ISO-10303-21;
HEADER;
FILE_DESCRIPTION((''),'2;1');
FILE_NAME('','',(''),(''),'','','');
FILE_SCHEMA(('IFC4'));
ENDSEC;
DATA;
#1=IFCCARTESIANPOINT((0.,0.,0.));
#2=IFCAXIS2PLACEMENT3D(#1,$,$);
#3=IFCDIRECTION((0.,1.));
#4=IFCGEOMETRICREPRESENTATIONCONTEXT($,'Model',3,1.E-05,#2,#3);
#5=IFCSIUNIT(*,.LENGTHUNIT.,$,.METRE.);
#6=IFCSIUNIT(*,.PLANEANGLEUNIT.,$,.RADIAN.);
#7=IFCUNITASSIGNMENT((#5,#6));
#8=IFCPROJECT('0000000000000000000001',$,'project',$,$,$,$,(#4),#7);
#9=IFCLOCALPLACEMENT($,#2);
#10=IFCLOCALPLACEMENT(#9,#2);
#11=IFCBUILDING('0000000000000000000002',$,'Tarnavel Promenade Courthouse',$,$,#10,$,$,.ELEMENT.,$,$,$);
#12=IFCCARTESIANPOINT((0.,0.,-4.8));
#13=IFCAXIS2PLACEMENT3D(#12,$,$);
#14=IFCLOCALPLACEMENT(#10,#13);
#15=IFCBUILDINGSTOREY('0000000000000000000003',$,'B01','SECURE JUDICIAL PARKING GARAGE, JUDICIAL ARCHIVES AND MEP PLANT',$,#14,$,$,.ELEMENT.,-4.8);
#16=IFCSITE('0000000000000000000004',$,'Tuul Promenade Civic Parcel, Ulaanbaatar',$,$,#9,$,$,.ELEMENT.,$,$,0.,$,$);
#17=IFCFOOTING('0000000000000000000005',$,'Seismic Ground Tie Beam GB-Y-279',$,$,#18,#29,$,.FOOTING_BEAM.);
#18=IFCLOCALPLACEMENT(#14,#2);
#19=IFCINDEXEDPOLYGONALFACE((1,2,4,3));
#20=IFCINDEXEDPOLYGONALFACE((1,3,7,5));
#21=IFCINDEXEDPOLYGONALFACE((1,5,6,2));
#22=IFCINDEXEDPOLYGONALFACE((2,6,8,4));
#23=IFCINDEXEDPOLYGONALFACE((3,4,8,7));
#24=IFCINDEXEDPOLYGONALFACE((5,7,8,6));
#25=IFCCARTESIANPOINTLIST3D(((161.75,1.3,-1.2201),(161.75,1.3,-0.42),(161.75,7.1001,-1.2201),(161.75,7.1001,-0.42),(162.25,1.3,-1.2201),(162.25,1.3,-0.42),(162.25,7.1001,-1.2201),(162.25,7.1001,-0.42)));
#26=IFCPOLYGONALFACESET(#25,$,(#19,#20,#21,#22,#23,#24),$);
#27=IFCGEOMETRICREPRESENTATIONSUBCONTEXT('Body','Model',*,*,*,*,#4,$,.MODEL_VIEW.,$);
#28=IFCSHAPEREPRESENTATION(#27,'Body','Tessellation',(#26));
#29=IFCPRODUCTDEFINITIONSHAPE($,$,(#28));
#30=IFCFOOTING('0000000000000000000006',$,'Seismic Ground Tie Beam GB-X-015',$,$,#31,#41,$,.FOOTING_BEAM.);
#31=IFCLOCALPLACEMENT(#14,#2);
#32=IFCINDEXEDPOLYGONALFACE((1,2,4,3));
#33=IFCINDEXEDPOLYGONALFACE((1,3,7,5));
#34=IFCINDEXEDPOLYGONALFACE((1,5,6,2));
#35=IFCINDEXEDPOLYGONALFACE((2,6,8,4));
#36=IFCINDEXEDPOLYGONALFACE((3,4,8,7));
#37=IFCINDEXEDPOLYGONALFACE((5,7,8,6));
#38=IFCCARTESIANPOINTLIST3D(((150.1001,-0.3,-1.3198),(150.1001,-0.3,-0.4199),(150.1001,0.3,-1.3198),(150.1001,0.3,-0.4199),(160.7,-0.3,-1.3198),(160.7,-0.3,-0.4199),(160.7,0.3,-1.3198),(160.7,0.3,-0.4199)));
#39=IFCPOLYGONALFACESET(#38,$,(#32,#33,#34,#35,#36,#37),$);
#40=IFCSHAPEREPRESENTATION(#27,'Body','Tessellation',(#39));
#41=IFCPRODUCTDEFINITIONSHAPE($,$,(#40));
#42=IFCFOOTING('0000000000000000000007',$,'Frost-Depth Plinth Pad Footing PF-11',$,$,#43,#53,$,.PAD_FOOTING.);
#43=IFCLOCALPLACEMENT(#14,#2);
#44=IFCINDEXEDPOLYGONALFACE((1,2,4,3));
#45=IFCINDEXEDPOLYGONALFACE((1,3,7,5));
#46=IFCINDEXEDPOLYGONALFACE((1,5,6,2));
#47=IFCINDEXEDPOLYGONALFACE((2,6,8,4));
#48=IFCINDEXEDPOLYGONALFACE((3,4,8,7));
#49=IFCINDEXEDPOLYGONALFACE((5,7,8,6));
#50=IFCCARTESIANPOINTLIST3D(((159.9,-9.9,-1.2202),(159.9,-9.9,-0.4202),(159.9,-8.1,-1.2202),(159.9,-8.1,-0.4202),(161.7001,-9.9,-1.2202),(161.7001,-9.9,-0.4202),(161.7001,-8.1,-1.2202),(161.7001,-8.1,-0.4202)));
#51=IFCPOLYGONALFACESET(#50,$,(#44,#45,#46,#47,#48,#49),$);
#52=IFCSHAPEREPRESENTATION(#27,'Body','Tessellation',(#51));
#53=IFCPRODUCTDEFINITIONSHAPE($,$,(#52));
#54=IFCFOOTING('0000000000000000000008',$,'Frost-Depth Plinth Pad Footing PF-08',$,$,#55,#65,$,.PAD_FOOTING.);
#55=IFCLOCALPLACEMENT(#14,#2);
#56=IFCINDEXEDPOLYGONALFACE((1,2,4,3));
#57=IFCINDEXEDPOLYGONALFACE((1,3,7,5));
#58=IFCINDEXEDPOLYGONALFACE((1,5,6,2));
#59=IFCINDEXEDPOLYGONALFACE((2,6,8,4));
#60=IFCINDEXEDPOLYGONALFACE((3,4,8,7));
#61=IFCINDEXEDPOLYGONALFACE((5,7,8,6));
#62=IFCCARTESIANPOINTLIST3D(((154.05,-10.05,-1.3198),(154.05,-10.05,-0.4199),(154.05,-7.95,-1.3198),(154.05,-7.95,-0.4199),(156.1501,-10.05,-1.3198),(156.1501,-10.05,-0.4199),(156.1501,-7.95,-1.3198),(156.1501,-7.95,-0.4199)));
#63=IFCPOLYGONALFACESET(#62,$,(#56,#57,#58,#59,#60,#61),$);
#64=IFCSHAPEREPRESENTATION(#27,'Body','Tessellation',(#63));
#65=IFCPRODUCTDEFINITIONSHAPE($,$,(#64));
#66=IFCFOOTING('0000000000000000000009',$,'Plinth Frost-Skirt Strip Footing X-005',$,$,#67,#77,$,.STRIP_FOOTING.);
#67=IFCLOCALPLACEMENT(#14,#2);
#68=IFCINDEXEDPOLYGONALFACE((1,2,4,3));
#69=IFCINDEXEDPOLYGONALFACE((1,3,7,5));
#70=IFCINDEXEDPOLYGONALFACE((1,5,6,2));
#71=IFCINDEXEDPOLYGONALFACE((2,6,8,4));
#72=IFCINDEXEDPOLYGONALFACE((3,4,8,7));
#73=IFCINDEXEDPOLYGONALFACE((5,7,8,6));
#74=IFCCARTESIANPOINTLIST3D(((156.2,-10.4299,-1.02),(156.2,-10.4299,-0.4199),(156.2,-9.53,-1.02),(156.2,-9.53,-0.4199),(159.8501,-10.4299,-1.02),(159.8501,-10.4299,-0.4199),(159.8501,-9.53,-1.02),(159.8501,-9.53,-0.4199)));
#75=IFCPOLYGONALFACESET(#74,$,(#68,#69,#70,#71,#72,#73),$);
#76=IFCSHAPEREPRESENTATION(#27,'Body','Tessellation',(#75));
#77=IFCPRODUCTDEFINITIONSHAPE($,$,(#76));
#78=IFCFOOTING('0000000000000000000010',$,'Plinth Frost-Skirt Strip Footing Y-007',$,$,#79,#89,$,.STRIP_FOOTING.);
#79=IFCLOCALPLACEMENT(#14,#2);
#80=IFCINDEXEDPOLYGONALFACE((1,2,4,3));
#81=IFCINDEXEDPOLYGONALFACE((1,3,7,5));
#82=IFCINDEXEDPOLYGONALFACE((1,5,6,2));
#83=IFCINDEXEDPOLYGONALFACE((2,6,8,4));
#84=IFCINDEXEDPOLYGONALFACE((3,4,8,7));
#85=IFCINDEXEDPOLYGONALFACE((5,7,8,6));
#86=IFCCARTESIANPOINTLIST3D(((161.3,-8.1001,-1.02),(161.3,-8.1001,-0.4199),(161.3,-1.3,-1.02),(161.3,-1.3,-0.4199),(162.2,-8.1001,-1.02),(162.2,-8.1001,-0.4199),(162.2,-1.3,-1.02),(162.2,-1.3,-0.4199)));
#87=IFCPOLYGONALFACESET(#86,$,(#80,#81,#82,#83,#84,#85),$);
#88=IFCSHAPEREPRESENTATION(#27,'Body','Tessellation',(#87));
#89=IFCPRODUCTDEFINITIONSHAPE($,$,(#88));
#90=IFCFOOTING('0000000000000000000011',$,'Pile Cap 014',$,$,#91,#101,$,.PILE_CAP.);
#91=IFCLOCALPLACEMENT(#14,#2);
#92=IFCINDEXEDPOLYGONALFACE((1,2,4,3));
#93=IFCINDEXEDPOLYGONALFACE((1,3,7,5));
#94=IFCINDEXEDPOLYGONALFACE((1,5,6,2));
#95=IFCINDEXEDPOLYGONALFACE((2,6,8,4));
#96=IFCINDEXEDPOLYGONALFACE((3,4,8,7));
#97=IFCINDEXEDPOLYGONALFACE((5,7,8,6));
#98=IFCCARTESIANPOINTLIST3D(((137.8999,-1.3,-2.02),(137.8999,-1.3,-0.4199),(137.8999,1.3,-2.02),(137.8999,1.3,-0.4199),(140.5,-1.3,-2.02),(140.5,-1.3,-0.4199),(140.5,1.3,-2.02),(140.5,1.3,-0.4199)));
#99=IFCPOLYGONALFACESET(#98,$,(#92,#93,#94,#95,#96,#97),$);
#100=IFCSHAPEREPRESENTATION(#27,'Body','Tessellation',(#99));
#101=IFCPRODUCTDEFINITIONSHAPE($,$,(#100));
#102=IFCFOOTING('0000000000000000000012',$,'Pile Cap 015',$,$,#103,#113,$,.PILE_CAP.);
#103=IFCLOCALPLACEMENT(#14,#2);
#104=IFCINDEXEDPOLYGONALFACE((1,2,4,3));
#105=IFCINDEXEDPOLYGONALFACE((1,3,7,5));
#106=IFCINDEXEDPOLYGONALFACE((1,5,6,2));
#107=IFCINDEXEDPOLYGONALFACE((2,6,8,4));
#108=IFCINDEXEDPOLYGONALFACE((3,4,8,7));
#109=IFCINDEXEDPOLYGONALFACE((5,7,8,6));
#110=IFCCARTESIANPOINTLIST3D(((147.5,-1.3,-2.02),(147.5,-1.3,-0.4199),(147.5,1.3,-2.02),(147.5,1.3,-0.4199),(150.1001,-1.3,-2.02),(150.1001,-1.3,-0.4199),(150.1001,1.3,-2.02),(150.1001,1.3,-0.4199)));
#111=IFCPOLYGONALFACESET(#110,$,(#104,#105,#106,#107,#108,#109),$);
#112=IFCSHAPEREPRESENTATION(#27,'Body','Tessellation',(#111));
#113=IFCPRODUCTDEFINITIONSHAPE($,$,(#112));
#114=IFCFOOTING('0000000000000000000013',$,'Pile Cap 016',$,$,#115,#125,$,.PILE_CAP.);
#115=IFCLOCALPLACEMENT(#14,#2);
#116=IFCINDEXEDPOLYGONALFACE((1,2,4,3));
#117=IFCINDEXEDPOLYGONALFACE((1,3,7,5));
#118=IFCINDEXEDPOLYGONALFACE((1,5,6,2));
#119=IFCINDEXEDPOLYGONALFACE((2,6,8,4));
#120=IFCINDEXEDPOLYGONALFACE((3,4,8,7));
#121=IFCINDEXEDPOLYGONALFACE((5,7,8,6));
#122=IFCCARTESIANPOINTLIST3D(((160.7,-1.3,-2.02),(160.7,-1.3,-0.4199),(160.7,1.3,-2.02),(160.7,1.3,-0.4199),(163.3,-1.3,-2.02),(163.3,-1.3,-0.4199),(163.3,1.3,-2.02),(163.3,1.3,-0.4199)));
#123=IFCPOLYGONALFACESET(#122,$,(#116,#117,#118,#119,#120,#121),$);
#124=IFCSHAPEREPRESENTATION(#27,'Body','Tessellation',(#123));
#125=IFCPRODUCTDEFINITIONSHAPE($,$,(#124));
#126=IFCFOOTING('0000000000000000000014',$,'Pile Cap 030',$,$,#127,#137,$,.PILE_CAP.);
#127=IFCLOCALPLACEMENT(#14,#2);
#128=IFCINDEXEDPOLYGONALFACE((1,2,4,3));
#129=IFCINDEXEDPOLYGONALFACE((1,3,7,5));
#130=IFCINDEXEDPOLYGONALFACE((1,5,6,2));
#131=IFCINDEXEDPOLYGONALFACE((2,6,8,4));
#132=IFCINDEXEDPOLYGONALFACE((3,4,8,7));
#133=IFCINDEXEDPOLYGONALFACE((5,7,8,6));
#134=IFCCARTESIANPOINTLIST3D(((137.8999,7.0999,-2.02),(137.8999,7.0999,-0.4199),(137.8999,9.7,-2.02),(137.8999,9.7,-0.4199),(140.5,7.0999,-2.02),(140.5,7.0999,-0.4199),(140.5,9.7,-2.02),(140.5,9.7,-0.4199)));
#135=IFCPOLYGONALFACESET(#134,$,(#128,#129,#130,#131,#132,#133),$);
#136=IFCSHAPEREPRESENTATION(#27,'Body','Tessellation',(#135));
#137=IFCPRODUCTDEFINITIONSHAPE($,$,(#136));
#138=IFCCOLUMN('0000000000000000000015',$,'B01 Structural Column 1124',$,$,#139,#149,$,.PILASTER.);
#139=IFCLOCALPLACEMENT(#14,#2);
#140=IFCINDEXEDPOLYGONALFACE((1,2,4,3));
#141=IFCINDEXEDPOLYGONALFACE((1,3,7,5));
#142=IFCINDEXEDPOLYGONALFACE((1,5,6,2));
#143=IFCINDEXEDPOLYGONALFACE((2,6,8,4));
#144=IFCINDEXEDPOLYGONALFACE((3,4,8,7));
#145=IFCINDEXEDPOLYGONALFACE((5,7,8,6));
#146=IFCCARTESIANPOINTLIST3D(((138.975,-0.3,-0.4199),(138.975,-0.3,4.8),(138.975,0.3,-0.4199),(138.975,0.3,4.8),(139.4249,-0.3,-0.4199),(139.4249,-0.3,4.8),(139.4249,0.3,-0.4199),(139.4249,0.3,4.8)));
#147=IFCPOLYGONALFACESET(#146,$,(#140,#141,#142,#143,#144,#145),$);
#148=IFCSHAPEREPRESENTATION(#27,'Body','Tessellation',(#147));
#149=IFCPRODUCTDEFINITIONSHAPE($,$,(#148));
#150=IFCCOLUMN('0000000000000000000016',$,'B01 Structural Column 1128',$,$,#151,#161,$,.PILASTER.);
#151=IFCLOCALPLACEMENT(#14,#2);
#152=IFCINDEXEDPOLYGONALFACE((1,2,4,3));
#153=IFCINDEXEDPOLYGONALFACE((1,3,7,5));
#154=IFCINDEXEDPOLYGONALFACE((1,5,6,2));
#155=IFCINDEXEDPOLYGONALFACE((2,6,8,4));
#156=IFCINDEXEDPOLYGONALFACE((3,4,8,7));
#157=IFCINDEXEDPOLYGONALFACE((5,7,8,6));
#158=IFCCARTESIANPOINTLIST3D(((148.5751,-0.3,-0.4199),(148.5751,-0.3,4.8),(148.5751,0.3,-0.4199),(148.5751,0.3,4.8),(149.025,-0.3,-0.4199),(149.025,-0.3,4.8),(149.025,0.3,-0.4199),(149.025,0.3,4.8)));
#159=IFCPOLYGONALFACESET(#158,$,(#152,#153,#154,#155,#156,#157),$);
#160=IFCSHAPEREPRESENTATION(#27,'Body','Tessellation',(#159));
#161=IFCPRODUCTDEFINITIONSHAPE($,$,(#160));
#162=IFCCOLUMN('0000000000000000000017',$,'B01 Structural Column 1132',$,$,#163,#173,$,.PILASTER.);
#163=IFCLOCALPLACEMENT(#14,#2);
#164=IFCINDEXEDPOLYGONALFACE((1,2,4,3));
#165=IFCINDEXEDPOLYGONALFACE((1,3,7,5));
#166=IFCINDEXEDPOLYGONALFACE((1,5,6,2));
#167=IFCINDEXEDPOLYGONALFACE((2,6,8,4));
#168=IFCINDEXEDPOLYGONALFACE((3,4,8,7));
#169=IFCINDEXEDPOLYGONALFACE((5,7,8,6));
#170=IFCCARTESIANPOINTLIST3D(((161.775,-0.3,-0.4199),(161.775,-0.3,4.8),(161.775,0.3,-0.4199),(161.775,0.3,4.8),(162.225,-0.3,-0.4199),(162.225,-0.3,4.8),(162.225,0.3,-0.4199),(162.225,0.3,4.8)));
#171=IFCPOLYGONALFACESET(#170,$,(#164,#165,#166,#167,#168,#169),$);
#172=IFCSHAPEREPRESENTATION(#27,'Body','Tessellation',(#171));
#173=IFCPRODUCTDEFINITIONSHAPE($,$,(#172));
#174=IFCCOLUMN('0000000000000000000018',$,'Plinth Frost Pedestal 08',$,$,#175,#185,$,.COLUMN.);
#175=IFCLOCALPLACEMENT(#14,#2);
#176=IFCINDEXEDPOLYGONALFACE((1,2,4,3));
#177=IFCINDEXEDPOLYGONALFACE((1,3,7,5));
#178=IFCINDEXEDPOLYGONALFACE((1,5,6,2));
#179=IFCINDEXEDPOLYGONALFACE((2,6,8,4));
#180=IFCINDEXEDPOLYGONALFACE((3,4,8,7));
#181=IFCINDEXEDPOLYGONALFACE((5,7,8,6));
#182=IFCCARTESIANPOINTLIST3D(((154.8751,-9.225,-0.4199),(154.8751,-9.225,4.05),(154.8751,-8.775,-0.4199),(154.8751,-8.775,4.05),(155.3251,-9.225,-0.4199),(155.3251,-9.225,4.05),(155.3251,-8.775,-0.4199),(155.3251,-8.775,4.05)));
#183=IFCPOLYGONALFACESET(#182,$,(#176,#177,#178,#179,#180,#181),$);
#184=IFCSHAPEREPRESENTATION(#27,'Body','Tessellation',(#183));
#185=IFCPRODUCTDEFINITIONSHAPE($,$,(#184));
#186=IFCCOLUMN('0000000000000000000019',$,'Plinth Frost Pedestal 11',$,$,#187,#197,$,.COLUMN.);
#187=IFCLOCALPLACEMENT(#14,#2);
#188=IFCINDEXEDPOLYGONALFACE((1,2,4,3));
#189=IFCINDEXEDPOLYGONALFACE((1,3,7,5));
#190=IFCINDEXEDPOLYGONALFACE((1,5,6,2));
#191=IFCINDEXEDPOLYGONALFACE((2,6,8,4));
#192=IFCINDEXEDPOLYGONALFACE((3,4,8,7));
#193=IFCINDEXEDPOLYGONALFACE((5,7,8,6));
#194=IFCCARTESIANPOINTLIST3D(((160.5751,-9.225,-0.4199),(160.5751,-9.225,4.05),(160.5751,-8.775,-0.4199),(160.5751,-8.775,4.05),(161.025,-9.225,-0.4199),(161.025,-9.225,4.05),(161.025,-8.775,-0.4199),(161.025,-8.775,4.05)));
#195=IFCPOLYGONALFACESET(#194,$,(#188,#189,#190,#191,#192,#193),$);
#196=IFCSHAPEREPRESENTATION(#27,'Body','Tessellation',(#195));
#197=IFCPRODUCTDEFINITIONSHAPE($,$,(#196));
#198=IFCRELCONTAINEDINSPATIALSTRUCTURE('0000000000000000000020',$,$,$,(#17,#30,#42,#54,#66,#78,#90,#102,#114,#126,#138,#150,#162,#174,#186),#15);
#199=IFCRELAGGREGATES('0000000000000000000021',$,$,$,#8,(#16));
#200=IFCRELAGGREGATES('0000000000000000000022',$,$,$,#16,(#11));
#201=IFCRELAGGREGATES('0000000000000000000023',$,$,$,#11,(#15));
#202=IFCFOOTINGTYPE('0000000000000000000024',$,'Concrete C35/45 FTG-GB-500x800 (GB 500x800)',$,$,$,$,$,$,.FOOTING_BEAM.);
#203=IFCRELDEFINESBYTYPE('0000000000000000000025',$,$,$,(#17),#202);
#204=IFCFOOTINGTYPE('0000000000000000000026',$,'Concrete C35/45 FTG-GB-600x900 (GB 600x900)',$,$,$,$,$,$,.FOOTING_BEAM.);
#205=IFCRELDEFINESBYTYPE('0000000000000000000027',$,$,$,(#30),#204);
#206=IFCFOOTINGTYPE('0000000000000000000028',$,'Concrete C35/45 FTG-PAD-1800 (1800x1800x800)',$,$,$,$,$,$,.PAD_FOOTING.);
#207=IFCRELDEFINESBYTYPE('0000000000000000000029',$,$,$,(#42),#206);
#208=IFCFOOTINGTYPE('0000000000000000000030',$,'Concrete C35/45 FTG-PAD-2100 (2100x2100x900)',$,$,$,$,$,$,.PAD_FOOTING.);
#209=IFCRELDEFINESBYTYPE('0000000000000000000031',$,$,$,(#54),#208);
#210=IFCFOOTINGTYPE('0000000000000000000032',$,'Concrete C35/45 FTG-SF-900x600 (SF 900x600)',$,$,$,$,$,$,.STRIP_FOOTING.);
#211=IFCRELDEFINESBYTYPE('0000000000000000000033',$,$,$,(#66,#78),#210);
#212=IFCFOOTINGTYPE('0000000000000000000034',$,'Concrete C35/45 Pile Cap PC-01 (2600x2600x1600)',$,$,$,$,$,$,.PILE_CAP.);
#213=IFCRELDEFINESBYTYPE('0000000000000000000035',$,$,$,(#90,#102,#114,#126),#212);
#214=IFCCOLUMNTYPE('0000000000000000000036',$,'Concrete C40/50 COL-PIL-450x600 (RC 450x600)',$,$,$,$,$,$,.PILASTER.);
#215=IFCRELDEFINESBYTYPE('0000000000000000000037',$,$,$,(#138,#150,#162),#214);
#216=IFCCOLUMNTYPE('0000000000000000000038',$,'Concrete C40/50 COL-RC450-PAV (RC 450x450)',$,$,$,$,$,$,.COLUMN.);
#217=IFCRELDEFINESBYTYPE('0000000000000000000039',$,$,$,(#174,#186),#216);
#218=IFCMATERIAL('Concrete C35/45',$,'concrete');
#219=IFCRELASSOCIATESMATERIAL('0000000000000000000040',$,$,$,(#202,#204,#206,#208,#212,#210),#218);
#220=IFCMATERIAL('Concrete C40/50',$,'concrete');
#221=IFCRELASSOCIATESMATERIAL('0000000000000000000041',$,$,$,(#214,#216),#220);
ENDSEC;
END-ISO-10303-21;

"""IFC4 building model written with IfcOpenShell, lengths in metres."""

from ifc_helpers import new_model, si_unit, direction, frame, origin, origin_2d, place, context, subcontext, project, spatial, rectangle, extrude, material, material_profile, profile_set, type_object, element, save


model = new_model("IFC4")

# Units and contexts
model_context = context("Model", 3, precision=1e-05, world=origin(), true_north=direction((0.0, 1.0)))
body_context = subcontext(model_context, "Body", "Model", "MODEL_VIEW")
ifc_project = project(units=[si_unit("LENGTHUNIT", "METRE"), si_unit("PLANEANGLEUNIT", "RADIAN")], contexts=[model_context])

# Site, building, storey
site_placement = place(None, origin())
site = spatial("IfcSite", under=ifc_project, at=site_placement, Name="Tuul Promenade Civic Parcel, Ulaanbaatar", CompositionType="ELEMENT", RefElevation=0.0)
building_placement = place(site_placement, origin())
building = spatial("IfcBuilding", under=site, at=building_placement, Name="Tarnavel Promenade Courthouse", CompositionType="ELEMENT")
storey_placement = place(building_placement, frame((0.0, 0.0, -4.8)))
storey = spatial("IfcBuildingStorey", under=building, at=storey_placement, Name="B01", Description="SECURE JUDICIAL PARKING GARAGE, JUDICIAL ARCHIVES AND MEP PLANT", CompositionType="ELEMENT", Elevation=-4.8)

# Footings
ifc_material_1 = material(Name="Concrete C35/45", Category="concrete")
ifc_material_profile_1 = material_profile(ifc_material_1, rectangle(XDim=0.5, YDim=0.8, at=origin_2d()), Name="GB 500x800")
ifc_profile_set_1 = profile_set([ifc_material_profile_1], Name="Concrete C35/45")
footing_type_1 = type_object("IfcFootingType", Name="Concrete C35/45 FTG-GB-500x800 (GB 500x800)", PredefinedType="FOOTING_BEAM", material=ifc_profile_set_1)
for number, where, z_axis, x_axis, name in (
    (1, (162.0, 1.3, -0.8201), (0.0, 1.0, 0.0), (-1.0, 0.0, 0.0), "Seismic Ground Tie Beam GB-Y-279"),
):
    element("IfcFooting", number, at=place(storey_placement, frame(where, z_axis=z_axis, x_axis=x_axis)), inside=storey, type_object=footing_type_1, Name=name, PredefinedType="FOOTING_BEAM", context=body_context, shape_type="SweptSolid", body=[
        extrude(rectangle(XDim=0.5, YDim=0.8, at=origin_2d()), origin(), (0.0, 0.0, 1.0), 5.8),
    ])
ifc_material_profile_2 = material_profile(ifc_material_1, rectangle(XDim=0.6001, YDim=0.8999, at=origin_2d()), Name="GB 600x900")
ifc_profile_set_2 = profile_set([ifc_material_profile_2], Name="Concrete C35/45")
footing_type_2 = type_object("IfcFootingType", Name="Concrete C35/45 FTG-GB-600x900 (GB 600x900)", PredefinedType="FOOTING_BEAM", material=ifc_profile_set_2)
footing_1_placement = place(storey_placement, frame((150.1001, 0.0, -0.8699), z_axis=(1.0, 0.0, 0.0), x_axis=(0.0, 1.0, 0.0)))
element("IfcFooting", 2, at=footing_1_placement, inside=storey, type_object=footing_type_2, Name="Seismic Ground Tie Beam GB-X-015", PredefinedType="FOOTING_BEAM", context=body_context, shape_type="SweptSolid", body=[
    extrude(rectangle(XDim=0.6001, YDim=0.8999, at=origin_2d()), origin(), (0.0, 0.0, 1.0), 10.5999),
])
footing_type_3 = type_object("IfcFootingType", Name="Concrete C35/45 FTG-PAD-1800 (1800x1800x800)", PredefinedType="PAD_FOOTING", material=ifc_material_1)
footing_2_placement = place(storey_placement, frame((160.8, -9.0, -1.2202), z_axis=(0.0, 0.0, 1.0), x_axis=(1.0, 0.0, 0.0)))
element("IfcFooting", 3, at=footing_2_placement, inside=storey, type_object=footing_type_3, Name="Frost-Depth Plinth Pad Footing PF-11", PredefinedType="PAD_FOOTING", context=body_context, shape_type="SweptSolid", body=[
    extrude(rectangle(XDim=1.8, YDim=1.8, at=origin_2d()), origin(), (0.0, 0.0, 1.0), 0.8),
])
footing_type_4 = type_object("IfcFootingType", Name="Concrete C35/45 FTG-PAD-2100 (2100x2100x900)", PredefinedType="PAD_FOOTING", material=ifc_material_1)
footing_3_placement = place(storey_placement, frame((155.1001, -9.0, -1.3198), z_axis=(0.0, 0.0, 1.0), x_axis=(1.0, 0.0, 0.0)))
element("IfcFooting", 4, at=footing_3_placement, inside=storey, type_object=footing_type_4, Name="Frost-Depth Plinth Pad Footing PF-08", PredefinedType="PAD_FOOTING", context=body_context, shape_type="SweptSolid", body=[
    extrude(rectangle(XDim=2.1001, YDim=2.1001, at=origin_2d()), origin(), (0.0, 0.0, 1.0), 0.8999),
])
ifc_material_profile_3 = material_profile(ifc_material_1, rectangle(XDim=0.8999, YDim=0.6001, at=origin_2d()), Name="SF 900x600")
ifc_profile_set_3 = profile_set([ifc_material_profile_3], Name="Concrete C35/45")
footing_type_5 = type_object("IfcFootingType", Name="Concrete C35/45 FTG-SF-900x600 (SF 900x600)", PredefinedType="STRIP_FOOTING", material=ifc_profile_set_3)
footing_4_placement = place(storey_placement, frame((156.2, -9.98, -0.72), z_axis=(1.0, 0.0, 0.0), x_axis=(0.0, 1.0, 0.0)))
element("IfcFooting", 5, at=footing_4_placement, inside=storey, type_object=footing_type_5, Name="Plinth Frost-Skirt Strip Footing X-005", PredefinedType="STRIP_FOOTING", context=body_context, shape_type="SweptSolid", body=[
    extrude(rectangle(XDim=0.8999, YDim=0.6001, at=origin_2d()), origin(), (0.0, 0.0, 1.0), 3.6501),
])
footing_5_placement = place(storey_placement, frame((161.75, -8.1001, -0.72), z_axis=(0.0, 1.0, 0.0), x_axis=(-1.0, 0.0, 0.0)))
element("IfcFooting", 6, at=footing_5_placement, inside=storey, type_object=footing_type_5, Name="Plinth Frost-Skirt Strip Footing Y-007", PredefinedType="STRIP_FOOTING", context=body_context, shape_type="SweptSolid", body=[
    extrude(rectangle(XDim=0.8999, YDim=0.6001, at=origin_2d()), origin(), (0.0, 0.0, 1.0), 6.8),
])
footing_type_6 = type_object("IfcFootingType", Name="Concrete C35/45 Pile Cap PC-01 (2600x2600x1600)", PredefinedType="PILE_CAP", material=ifc_material_1)
for number, where, z_axis, x_axis, name in (
    (7, (139.2, 0.0, -2.02), (0.0, 0.0, 1.0), (1.0, 0.0, 0.0), "Pile Cap 014"),
    (8, (148.8, 0.0, -2.02), (0.0, 0.0, 1.0), (1.0, 0.0, 0.0), "Pile Cap 015"),
    (9, (162.0, 0.0, -2.02), (0.0, 0.0, 1.0), (1.0, 0.0, 0.0), "Pile Cap 016"),
    (10, (139.2, 8.3999, -2.02), (0.0, 0.0, 1.0), (1.0, 0.0, 0.0), "Pile Cap 030"),
):
    element("IfcFooting", number, at=place(storey_placement, frame(where, z_axis=z_axis, x_axis=x_axis)), inside=storey, type_object=footing_type_6, Name=name, PredefinedType="PILE_CAP", context=body_context, shape_type="SweptSolid", body=[
        extrude(rectangle(XDim=2.6001, YDim=2.6001, at=origin_2d()), origin(), (0.0, 0.0, 1.0), 1.6001),
    ])

# Columns
ifc_material_2 = material(Name="Concrete C40/50", Category="concrete")
ifc_material_profile_4 = material_profile(ifc_material_2, rectangle(XDim=0.45, YDim=0.6001, at=origin_2d()), Name="RC 450x600")
ifc_profile_set_4 = profile_set([ifc_material_profile_4], Name="Concrete C40/50")
column_type_1 = type_object("IfcColumnType", Name="Concrete C40/50 COL-PIL-450x600 (RC 450x600)", PredefinedType="PILASTER", material=ifc_profile_set_4)
for number, where, z_axis, x_axis, name in (
    (11, (139.2, 0.0, -0.4199), (0.0, 0.0, 1.0), (1.0, 0.0, 0.0), "B01 Structural Column 1124"),
    (12, (148.8, 0.0, -0.4199), (0.0, 0.0, 1.0), (1.0, 0.0, 0.0), "B01 Structural Column 1128"),
    (13, (162.0, 0.0, -0.4199), (0.0, 0.0, 1.0), (1.0, 0.0, 0.0), "B01 Structural Column 1132"),
):
    element("IfcColumn", number, at=place(storey_placement, frame(where, z_axis=z_axis, x_axis=x_axis)), inside=storey, type_object=column_type_1, Name=name, PredefinedType="PILASTER", context=body_context, shape_type="SweptSolid", body=[
        extrude(rectangle(XDim=0.45, YDim=0.6001, at=origin_2d()), origin(), (0.0, 0.0, 1.0), 5.22),
    ])
ifc_material_profile_5 = material_profile(ifc_material_2, rectangle(XDim=0.45, YDim=0.45, at=origin_2d()), Name="RC 450x450")
ifc_profile_set_5 = profile_set([ifc_material_profile_5], Name="Concrete C40/50")
column_type_2 = type_object("IfcColumnType", Name="Concrete C40/50 COL-RC450-PAV (RC 450x450)", PredefinedType="COLUMN", material=ifc_profile_set_5)
for number, where, z_axis, x_axis, name in (
    (14, (155.1001, -9.0, -0.4199), (0.0, 0.0, 1.0), (1.0, 0.0, 0.0), "Plinth Frost Pedestal 08"),
    (15, (160.8, -9.0, -0.4199), (0.0, 0.0, 1.0), (1.0, 0.0, 0.0), "Plinth Frost Pedestal 11"),
):
    element("IfcColumn", number, at=place(storey_placement, frame(where, z_axis=z_axis, x_axis=x_axis)), inside=storey, type_object=column_type_2, Name=name, PredefinedType="COLUMN", context=body_context, shape_type="SweptSolid", body=[
        extrude(rectangle(XDim=0.45, YDim=0.45, at=origin_2d()), origin(), (0.0, 0.0, 1.0), 4.47),
    ])

save(model, "model.ifc")
